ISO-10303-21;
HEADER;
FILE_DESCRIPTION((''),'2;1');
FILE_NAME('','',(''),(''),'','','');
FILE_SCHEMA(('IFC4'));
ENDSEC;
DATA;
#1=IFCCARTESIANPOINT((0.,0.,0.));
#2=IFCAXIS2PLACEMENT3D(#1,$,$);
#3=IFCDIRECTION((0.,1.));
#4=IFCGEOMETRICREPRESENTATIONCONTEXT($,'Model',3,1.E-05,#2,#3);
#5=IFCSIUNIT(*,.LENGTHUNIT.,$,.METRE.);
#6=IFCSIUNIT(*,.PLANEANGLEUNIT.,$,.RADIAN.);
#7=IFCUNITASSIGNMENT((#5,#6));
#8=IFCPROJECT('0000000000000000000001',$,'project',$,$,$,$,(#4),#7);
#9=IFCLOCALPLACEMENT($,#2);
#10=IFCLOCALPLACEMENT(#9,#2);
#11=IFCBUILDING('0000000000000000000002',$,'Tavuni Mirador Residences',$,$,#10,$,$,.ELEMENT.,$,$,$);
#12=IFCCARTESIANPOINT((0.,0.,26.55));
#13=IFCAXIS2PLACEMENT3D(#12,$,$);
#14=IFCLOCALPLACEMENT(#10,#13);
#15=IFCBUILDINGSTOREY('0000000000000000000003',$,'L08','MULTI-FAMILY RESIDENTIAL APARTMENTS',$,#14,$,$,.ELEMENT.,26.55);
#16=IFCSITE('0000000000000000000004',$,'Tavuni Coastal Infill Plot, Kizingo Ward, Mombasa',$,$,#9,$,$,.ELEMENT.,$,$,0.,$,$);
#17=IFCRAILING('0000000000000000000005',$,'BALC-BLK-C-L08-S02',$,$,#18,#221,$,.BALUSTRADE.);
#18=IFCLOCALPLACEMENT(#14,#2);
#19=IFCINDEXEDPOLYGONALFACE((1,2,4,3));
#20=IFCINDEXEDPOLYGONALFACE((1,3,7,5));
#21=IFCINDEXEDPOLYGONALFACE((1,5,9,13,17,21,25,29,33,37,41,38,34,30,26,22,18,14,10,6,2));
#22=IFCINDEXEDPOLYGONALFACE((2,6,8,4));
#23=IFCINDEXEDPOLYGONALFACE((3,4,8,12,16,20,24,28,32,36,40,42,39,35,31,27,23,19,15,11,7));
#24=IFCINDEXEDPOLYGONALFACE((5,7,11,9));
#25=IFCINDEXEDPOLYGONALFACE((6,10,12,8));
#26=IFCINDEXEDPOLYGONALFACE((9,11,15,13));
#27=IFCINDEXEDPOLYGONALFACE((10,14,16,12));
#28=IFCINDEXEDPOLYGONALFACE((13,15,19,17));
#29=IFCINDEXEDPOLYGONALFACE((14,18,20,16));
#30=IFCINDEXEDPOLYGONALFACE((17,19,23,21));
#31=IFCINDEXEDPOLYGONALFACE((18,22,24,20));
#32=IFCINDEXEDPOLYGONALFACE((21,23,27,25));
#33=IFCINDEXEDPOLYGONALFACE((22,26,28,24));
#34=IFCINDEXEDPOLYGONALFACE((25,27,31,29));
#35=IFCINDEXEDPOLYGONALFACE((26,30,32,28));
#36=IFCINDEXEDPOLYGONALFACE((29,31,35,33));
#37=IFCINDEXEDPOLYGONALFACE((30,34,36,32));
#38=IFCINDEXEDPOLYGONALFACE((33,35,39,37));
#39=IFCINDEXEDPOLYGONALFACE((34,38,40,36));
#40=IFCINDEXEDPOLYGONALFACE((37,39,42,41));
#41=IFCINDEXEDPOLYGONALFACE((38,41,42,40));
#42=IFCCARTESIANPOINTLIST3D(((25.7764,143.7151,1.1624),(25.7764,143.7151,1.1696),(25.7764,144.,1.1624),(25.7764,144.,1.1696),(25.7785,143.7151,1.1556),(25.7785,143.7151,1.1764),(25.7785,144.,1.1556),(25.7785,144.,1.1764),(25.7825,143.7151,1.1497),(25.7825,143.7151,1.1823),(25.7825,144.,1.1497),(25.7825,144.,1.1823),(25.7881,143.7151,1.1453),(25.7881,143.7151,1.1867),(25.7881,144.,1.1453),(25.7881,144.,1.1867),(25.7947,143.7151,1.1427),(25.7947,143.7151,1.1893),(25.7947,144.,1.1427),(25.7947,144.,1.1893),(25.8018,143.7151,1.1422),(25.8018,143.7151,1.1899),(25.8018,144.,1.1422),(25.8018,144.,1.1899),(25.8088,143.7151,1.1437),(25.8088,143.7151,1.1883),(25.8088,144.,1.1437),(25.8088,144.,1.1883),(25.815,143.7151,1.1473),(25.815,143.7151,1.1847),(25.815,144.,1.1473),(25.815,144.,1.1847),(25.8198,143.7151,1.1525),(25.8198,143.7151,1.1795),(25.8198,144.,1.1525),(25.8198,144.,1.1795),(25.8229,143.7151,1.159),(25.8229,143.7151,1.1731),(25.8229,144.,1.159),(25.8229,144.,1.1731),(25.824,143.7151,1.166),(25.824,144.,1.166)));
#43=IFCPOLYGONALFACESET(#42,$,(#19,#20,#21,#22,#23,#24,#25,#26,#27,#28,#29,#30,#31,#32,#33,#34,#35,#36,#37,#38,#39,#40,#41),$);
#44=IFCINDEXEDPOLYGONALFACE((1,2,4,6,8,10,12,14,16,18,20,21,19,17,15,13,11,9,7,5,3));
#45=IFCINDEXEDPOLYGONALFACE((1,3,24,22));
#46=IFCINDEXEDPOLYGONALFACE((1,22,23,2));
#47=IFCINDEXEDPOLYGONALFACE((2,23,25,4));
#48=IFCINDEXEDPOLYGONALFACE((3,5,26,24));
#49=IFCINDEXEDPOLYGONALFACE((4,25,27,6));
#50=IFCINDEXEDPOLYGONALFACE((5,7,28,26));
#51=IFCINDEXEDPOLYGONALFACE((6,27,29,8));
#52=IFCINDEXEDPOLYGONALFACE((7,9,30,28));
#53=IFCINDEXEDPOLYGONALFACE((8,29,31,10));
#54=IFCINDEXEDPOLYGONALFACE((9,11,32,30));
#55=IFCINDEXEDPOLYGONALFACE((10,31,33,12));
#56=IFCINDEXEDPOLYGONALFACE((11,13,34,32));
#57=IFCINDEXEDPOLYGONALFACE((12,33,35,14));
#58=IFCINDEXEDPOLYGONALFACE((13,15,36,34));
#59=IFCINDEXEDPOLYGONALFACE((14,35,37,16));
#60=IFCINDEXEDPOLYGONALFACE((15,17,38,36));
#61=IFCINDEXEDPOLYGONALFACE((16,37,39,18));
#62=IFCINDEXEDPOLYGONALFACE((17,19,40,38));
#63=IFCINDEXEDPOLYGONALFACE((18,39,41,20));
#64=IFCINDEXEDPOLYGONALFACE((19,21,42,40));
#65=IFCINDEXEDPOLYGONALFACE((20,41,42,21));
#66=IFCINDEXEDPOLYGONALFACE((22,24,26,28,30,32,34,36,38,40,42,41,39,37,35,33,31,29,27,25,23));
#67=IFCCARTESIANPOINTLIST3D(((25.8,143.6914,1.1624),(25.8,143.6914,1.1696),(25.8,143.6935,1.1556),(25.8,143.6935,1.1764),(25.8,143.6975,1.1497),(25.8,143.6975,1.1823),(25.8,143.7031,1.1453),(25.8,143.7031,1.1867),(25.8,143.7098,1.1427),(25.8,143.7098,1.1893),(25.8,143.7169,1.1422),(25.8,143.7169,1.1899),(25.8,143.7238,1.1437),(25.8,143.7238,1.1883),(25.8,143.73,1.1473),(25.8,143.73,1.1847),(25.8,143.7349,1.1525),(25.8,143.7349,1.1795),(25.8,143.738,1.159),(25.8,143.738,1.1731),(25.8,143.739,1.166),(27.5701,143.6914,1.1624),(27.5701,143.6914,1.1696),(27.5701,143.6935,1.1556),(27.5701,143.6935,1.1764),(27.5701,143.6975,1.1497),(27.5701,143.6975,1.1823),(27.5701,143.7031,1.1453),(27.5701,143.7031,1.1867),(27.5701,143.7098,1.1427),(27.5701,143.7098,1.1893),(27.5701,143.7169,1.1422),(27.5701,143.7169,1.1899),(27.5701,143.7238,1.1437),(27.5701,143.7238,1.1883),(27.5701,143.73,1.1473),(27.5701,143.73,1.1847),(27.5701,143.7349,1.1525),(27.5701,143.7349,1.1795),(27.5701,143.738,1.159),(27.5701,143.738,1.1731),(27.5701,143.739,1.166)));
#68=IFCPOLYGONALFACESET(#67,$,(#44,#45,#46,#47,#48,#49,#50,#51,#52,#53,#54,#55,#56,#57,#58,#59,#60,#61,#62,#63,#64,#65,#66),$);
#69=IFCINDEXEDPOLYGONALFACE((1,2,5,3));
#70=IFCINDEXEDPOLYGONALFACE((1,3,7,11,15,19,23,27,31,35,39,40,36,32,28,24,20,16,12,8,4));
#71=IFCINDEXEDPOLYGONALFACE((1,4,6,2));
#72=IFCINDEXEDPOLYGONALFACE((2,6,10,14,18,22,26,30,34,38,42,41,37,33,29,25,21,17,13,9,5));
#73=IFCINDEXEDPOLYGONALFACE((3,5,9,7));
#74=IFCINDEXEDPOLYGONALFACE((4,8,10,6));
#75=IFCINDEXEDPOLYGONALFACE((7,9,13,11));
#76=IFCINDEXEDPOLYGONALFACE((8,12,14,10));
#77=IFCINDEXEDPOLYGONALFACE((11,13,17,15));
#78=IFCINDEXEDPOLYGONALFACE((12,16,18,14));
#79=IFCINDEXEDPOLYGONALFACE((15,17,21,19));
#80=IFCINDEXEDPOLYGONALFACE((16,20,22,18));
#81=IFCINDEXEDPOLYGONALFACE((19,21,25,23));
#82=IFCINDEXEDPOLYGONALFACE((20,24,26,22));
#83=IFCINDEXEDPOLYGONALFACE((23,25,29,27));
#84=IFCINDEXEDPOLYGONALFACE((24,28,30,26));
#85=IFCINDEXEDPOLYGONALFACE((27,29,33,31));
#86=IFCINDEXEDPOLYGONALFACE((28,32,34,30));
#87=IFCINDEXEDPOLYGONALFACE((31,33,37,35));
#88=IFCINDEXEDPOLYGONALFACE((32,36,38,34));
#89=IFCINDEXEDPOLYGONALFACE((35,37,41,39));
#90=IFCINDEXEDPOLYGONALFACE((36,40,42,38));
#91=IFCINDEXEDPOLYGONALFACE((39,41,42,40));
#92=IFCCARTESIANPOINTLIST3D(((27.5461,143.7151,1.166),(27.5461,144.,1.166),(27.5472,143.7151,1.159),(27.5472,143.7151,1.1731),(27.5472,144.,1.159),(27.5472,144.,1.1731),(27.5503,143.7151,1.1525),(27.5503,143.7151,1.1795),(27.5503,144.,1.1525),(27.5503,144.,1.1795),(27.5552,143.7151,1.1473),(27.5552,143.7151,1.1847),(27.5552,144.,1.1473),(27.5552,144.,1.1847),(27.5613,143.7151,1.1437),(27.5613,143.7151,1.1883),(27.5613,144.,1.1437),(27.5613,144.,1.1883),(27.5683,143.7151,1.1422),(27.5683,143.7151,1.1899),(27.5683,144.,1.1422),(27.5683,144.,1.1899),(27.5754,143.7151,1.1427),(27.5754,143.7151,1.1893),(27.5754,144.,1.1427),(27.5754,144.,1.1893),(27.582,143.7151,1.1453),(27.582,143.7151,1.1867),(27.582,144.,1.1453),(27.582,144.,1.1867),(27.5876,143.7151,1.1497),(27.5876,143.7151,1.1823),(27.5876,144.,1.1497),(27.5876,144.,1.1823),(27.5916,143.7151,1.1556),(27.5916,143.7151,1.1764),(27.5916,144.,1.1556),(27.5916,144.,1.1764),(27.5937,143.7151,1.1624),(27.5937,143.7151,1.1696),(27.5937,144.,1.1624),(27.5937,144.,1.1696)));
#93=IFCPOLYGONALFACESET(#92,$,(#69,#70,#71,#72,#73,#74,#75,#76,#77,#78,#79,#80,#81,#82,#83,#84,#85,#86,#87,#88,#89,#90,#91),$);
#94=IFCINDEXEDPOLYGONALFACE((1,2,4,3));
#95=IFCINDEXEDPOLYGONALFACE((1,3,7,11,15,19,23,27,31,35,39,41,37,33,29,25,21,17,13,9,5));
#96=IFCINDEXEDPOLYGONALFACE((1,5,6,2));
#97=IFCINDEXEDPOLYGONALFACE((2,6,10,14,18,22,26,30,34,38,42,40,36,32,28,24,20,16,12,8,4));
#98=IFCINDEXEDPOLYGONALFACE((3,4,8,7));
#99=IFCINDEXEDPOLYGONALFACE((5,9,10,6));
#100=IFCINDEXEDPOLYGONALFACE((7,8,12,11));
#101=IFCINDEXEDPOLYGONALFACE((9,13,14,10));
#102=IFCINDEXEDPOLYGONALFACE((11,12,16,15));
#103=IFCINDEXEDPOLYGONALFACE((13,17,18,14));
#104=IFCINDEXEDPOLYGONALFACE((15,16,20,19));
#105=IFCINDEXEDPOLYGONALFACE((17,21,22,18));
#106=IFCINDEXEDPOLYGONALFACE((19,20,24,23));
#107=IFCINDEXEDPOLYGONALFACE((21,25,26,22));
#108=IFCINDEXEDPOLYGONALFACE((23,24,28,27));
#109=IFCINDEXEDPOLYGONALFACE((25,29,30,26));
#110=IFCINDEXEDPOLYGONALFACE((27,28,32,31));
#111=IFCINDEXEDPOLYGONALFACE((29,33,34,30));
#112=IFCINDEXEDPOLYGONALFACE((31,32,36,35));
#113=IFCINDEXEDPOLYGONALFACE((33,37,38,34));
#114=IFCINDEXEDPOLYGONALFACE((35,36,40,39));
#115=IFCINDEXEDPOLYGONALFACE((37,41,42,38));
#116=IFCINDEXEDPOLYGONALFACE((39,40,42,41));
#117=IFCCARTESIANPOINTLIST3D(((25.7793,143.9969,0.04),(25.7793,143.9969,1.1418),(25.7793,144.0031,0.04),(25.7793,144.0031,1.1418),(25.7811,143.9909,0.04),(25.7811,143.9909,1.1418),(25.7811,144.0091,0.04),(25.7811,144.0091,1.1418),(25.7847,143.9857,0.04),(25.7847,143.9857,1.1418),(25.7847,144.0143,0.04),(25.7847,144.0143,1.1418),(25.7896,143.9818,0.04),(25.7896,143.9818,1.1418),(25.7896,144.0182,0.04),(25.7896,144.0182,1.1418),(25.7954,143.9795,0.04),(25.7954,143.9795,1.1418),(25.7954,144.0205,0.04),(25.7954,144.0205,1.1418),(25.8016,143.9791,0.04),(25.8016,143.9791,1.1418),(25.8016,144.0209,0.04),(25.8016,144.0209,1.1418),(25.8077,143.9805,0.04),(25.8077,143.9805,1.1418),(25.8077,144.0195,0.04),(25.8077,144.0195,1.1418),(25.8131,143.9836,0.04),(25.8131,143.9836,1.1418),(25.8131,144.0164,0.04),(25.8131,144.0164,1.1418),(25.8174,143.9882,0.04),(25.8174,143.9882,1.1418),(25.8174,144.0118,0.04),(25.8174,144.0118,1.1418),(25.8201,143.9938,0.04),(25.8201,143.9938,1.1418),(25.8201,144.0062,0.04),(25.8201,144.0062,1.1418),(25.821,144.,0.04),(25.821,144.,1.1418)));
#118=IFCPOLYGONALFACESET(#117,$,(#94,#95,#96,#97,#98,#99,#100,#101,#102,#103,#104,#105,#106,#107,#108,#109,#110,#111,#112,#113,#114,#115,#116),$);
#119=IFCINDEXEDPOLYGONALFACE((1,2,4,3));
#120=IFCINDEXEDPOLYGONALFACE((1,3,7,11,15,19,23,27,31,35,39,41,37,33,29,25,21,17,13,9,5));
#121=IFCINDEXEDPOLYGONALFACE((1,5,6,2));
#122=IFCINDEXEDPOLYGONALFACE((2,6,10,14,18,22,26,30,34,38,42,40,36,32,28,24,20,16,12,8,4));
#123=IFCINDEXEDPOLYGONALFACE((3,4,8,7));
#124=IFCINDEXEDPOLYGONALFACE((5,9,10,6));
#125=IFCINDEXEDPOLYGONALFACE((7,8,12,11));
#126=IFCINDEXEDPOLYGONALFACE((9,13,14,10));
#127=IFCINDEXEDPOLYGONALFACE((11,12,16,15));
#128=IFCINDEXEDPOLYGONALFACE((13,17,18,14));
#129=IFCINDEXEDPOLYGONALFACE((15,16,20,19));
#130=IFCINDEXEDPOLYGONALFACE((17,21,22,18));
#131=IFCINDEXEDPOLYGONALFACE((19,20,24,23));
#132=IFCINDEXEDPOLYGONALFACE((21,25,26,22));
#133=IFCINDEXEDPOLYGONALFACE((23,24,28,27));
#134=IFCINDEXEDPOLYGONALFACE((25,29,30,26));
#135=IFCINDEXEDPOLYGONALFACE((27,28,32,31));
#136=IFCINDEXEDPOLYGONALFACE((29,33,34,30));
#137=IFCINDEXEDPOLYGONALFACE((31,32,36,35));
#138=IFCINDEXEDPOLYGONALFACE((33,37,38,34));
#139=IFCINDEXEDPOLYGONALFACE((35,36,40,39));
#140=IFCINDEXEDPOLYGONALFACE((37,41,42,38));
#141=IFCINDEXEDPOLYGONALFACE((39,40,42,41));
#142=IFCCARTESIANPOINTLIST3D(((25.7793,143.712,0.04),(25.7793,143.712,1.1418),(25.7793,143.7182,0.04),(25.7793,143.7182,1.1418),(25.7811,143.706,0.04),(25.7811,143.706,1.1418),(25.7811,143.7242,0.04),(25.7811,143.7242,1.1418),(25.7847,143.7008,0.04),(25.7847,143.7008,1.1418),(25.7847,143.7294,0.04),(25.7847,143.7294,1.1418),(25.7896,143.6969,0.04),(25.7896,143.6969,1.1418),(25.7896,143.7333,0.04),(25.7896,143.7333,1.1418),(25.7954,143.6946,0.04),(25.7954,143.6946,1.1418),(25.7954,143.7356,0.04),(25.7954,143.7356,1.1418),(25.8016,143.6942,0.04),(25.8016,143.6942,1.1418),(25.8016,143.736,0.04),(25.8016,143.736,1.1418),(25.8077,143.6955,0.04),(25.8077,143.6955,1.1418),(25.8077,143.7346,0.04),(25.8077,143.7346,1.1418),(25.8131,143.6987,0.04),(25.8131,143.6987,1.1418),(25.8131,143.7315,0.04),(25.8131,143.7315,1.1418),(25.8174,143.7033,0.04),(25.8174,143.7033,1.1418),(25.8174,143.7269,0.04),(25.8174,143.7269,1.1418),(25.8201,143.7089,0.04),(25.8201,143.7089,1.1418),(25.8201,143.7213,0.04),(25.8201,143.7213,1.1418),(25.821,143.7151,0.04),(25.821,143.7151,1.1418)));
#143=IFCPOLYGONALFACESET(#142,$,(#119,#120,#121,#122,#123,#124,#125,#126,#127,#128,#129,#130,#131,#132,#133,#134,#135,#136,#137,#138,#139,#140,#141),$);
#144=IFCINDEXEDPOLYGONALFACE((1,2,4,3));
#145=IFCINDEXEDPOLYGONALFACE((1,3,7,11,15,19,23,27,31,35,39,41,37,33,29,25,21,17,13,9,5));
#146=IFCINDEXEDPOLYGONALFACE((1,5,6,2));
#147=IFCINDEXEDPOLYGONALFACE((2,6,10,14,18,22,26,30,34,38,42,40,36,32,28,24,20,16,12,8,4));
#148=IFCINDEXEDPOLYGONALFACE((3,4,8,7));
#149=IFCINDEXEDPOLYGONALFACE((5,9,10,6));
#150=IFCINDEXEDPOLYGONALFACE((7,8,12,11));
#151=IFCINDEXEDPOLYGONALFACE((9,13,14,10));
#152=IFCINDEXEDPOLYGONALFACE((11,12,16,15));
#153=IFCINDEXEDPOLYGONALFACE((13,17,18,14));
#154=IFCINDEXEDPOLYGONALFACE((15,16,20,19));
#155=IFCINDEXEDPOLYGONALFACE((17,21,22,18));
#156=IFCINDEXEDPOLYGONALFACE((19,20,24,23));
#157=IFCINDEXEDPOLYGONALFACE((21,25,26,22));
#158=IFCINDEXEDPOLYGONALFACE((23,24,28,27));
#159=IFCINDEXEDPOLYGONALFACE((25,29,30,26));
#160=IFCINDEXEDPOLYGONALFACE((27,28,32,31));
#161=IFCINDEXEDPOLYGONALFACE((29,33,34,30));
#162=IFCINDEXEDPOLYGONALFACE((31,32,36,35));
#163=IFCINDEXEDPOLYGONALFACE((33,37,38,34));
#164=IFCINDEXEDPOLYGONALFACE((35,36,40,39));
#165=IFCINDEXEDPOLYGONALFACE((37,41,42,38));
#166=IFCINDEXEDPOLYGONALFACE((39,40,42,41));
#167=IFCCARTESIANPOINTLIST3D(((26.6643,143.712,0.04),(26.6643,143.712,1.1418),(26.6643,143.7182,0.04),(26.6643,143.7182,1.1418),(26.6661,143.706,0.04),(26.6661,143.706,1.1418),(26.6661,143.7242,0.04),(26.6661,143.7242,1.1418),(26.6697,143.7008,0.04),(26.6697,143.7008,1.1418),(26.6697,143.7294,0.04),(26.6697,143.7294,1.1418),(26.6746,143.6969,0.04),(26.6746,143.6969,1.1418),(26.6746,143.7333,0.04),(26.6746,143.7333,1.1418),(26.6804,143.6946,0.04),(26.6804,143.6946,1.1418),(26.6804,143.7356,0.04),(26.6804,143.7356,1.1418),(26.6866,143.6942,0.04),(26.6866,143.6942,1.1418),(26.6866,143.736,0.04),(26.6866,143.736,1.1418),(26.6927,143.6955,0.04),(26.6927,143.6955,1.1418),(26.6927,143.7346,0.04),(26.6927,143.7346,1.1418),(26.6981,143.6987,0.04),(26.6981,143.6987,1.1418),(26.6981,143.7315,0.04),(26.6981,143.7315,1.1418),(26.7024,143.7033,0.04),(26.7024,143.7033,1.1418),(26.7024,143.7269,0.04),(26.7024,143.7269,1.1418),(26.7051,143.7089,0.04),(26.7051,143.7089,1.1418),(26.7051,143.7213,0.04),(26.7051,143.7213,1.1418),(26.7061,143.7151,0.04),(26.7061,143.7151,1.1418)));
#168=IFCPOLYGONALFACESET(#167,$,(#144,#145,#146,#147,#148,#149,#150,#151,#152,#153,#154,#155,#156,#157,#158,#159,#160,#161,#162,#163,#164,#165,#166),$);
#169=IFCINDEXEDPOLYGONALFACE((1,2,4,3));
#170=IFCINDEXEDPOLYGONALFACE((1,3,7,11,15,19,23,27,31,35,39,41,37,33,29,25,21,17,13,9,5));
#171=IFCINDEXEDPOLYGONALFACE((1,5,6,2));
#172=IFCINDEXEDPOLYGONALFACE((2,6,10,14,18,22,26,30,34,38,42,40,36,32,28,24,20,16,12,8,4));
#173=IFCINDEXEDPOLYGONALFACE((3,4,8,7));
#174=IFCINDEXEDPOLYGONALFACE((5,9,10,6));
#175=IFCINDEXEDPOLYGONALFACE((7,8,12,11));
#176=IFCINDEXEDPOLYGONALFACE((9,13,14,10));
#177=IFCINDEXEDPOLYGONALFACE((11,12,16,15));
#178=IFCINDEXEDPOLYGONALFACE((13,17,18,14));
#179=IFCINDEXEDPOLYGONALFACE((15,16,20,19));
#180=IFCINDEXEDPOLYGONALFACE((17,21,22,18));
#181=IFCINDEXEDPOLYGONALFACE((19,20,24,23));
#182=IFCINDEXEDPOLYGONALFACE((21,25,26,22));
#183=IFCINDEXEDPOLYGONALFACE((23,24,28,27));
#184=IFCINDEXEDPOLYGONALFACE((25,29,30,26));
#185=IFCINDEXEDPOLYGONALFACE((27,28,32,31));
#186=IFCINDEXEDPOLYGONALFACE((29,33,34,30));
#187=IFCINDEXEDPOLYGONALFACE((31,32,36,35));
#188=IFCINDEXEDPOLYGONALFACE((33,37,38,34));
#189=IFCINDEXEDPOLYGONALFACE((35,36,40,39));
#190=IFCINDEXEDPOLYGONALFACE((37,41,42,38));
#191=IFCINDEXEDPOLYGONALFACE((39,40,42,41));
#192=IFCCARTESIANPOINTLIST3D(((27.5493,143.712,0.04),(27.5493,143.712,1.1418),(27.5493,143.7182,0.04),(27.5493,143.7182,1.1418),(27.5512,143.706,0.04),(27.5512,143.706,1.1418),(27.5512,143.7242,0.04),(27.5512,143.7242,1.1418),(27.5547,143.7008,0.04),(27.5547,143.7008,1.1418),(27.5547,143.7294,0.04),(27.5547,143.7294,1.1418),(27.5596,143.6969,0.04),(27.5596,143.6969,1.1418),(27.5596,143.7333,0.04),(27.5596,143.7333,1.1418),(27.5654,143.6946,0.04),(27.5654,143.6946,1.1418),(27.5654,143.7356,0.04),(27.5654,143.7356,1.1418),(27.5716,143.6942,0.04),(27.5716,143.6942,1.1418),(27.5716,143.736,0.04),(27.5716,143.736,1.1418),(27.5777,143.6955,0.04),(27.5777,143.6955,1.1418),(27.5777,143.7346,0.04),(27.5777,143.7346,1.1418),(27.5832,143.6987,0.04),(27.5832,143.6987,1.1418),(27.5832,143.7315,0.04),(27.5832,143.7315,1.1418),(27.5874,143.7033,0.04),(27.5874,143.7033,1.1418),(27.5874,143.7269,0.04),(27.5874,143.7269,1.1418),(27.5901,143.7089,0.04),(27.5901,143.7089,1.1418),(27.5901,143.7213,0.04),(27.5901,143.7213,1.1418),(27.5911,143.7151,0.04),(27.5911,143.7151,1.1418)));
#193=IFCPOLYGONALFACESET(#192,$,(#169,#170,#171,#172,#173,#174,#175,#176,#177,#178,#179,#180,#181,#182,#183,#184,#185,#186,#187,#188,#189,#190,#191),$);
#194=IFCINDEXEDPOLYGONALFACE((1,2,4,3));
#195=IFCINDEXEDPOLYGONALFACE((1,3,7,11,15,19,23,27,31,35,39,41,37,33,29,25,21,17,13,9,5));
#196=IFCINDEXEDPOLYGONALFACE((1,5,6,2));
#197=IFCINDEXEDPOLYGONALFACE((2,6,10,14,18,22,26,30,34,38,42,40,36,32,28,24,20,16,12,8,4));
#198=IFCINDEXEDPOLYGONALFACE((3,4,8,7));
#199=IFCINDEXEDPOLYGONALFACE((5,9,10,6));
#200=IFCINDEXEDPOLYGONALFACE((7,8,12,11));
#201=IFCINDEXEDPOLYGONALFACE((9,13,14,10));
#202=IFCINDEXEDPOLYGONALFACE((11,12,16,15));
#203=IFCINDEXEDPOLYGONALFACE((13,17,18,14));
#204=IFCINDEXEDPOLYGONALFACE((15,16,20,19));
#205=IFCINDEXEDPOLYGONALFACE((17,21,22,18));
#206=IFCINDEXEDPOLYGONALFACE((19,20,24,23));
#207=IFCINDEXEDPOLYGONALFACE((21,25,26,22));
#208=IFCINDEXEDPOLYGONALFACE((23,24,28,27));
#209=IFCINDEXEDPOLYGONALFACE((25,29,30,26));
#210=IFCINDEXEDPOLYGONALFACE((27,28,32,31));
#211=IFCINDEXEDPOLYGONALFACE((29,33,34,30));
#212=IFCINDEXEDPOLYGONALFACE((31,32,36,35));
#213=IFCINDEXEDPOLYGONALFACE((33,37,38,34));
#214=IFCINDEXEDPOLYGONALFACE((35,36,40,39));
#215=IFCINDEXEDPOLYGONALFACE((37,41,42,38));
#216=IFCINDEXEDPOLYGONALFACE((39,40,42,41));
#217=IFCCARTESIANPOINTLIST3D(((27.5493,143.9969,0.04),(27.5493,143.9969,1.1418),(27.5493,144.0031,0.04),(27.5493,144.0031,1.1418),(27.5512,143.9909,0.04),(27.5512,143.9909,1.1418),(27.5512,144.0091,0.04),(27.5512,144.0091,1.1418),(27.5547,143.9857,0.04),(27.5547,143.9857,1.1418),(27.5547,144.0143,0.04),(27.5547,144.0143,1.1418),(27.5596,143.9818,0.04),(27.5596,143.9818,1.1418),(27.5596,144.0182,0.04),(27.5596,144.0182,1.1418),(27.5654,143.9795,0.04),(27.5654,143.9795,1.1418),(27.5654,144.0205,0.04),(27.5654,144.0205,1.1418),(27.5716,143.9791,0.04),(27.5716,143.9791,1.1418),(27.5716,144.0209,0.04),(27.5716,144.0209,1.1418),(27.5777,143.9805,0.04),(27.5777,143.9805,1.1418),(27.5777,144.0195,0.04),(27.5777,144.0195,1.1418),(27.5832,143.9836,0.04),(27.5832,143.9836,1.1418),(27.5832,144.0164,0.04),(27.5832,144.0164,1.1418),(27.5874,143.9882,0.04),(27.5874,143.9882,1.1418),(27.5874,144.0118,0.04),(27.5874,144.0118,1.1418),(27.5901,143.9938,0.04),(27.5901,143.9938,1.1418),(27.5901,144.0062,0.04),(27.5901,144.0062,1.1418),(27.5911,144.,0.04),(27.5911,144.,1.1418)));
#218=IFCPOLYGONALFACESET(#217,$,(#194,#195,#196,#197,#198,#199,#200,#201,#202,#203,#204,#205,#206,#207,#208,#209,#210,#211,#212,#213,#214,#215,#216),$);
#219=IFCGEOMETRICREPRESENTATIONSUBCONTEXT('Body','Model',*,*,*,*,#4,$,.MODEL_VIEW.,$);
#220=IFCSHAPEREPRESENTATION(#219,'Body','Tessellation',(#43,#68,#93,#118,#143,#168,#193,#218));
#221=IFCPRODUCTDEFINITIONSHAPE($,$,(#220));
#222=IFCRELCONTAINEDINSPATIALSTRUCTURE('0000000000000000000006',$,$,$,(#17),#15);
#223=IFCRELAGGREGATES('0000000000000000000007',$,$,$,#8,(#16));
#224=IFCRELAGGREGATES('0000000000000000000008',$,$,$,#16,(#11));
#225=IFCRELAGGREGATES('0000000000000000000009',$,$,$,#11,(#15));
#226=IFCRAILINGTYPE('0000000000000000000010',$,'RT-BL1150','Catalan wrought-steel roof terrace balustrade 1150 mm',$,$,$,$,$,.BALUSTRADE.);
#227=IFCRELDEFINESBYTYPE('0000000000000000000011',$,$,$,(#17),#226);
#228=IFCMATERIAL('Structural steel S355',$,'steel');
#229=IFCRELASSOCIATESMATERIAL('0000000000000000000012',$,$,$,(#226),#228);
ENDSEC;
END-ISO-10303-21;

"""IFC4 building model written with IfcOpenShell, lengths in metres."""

from ifc_helpers import new_model, si_unit, direction, frame, origin, origin_2d, place, context, subcontext, project, spatial, circle, extrude, material, type_object, element, save


model = new_model("IFC4")

# Units and contexts
model_context = context("Model", 3, precision=1e-05, world=origin(), true_north=direction((0.0, 1.0)))
body_context = subcontext(model_context, "Body", "Model", "MODEL_VIEW")
ifc_project = project(units=[si_unit("LENGTHUNIT", "METRE"), si_unit("PLANEANGLEUNIT", "RADIAN")], contexts=[model_context])

# Site, building, storey
site_placement = place(None, origin())
site = spatial("IfcSite", under=ifc_project, at=site_placement, Name="Tavuni Coastal Infill Plot, Kizingo Ward, Mombasa", CompositionType="ELEMENT", RefElevation=0.0)
building_placement = place(site_placement, origin())
building = spatial("IfcBuilding", under=site, at=building_placement, Name="Tavuni Mirador Residences", CompositionType="ELEMENT")
storey_placement = place(building_placement, frame((0.0, 0.0, 26.55)))
storey = spatial("IfcBuildingStorey", under=building, at=storey_placement, Name="L08", Description="MULTI-FAMILY RESIDENTIAL APARTMENTS", CompositionType="ELEMENT", Elevation=26.55)

# Shared definitions
ifc_material_1 = material(Name="Structural steel S355", Category="steel")

# Railing
railing_type = type_object("IfcRailingType", Name="RT-BL1150", Description="Catalan wrought-steel roof terrace balustrade 1150 mm", PredefinedType="BALUSTRADE", material=ifc_material_1)
railing_placement = place(storey_placement, frame((25.8, 144.0, 0.04)))
element("IfcRailing", 1, at=railing_placement, inside=storey, type_object=railing_type, Name="BALC-BLK-C-L08-S02", PredefinedType="BALUSTRADE", context=body_context, shape_type="SweptSolid", body=[
    extrude(circle(Radius=0.0239, at=origin_2d()), frame((0.0, 0.0, 1.126), z_axis=(0.0, -1.0, 0.0), x_axis=(1.0, 0.0, 0.0)), (0.0, 0.0, 1.0), 0.2849),
    extrude(circle(Radius=0.0239, at=origin_2d()), frame((0.0, -0.2849, 1.126), z_axis=(1.0, 0.0, 0.0), x_axis=(0.0, 1.0, 0.0)), (0.0, 0.0, 1.0), 1.77),
    extrude(circle(Radius=0.0239, at=origin_2d()), frame((1.77, -0.2849, 1.126), z_axis=(0.0, 1.0, 0.0), x_axis=(-1.0, 0.0, 0.0)), (0.0, 0.0, 1.0), 0.2849),
    extrude(circle(Radius=0.021, at=origin_2d()), origin(), (0.0, 0.0, 1.0), 1.1018),
    extrude(circle(Radius=0.021, at=origin_2d()), frame((0.0, -0.2849, 0.0)), (0.0, 0.0, 1.0), 1.1018),
    extrude(circle(Radius=0.021, at=origin_2d()), frame((0.885, -0.2849, 0.0)), (0.0, 0.0, 1.0), 1.1018),
    extrude(circle(Radius=0.021, at=origin_2d()), frame((1.77, -0.2849, 0.0)), (0.0, 0.0, 1.0), 1.1018),
    extrude(circle(Radius=0.021, at=origin_2d()), frame((1.77, 0.0, 0.0)), (0.0, 0.0, 1.0), 1.1018),
])

save(model, "model.ifc")
